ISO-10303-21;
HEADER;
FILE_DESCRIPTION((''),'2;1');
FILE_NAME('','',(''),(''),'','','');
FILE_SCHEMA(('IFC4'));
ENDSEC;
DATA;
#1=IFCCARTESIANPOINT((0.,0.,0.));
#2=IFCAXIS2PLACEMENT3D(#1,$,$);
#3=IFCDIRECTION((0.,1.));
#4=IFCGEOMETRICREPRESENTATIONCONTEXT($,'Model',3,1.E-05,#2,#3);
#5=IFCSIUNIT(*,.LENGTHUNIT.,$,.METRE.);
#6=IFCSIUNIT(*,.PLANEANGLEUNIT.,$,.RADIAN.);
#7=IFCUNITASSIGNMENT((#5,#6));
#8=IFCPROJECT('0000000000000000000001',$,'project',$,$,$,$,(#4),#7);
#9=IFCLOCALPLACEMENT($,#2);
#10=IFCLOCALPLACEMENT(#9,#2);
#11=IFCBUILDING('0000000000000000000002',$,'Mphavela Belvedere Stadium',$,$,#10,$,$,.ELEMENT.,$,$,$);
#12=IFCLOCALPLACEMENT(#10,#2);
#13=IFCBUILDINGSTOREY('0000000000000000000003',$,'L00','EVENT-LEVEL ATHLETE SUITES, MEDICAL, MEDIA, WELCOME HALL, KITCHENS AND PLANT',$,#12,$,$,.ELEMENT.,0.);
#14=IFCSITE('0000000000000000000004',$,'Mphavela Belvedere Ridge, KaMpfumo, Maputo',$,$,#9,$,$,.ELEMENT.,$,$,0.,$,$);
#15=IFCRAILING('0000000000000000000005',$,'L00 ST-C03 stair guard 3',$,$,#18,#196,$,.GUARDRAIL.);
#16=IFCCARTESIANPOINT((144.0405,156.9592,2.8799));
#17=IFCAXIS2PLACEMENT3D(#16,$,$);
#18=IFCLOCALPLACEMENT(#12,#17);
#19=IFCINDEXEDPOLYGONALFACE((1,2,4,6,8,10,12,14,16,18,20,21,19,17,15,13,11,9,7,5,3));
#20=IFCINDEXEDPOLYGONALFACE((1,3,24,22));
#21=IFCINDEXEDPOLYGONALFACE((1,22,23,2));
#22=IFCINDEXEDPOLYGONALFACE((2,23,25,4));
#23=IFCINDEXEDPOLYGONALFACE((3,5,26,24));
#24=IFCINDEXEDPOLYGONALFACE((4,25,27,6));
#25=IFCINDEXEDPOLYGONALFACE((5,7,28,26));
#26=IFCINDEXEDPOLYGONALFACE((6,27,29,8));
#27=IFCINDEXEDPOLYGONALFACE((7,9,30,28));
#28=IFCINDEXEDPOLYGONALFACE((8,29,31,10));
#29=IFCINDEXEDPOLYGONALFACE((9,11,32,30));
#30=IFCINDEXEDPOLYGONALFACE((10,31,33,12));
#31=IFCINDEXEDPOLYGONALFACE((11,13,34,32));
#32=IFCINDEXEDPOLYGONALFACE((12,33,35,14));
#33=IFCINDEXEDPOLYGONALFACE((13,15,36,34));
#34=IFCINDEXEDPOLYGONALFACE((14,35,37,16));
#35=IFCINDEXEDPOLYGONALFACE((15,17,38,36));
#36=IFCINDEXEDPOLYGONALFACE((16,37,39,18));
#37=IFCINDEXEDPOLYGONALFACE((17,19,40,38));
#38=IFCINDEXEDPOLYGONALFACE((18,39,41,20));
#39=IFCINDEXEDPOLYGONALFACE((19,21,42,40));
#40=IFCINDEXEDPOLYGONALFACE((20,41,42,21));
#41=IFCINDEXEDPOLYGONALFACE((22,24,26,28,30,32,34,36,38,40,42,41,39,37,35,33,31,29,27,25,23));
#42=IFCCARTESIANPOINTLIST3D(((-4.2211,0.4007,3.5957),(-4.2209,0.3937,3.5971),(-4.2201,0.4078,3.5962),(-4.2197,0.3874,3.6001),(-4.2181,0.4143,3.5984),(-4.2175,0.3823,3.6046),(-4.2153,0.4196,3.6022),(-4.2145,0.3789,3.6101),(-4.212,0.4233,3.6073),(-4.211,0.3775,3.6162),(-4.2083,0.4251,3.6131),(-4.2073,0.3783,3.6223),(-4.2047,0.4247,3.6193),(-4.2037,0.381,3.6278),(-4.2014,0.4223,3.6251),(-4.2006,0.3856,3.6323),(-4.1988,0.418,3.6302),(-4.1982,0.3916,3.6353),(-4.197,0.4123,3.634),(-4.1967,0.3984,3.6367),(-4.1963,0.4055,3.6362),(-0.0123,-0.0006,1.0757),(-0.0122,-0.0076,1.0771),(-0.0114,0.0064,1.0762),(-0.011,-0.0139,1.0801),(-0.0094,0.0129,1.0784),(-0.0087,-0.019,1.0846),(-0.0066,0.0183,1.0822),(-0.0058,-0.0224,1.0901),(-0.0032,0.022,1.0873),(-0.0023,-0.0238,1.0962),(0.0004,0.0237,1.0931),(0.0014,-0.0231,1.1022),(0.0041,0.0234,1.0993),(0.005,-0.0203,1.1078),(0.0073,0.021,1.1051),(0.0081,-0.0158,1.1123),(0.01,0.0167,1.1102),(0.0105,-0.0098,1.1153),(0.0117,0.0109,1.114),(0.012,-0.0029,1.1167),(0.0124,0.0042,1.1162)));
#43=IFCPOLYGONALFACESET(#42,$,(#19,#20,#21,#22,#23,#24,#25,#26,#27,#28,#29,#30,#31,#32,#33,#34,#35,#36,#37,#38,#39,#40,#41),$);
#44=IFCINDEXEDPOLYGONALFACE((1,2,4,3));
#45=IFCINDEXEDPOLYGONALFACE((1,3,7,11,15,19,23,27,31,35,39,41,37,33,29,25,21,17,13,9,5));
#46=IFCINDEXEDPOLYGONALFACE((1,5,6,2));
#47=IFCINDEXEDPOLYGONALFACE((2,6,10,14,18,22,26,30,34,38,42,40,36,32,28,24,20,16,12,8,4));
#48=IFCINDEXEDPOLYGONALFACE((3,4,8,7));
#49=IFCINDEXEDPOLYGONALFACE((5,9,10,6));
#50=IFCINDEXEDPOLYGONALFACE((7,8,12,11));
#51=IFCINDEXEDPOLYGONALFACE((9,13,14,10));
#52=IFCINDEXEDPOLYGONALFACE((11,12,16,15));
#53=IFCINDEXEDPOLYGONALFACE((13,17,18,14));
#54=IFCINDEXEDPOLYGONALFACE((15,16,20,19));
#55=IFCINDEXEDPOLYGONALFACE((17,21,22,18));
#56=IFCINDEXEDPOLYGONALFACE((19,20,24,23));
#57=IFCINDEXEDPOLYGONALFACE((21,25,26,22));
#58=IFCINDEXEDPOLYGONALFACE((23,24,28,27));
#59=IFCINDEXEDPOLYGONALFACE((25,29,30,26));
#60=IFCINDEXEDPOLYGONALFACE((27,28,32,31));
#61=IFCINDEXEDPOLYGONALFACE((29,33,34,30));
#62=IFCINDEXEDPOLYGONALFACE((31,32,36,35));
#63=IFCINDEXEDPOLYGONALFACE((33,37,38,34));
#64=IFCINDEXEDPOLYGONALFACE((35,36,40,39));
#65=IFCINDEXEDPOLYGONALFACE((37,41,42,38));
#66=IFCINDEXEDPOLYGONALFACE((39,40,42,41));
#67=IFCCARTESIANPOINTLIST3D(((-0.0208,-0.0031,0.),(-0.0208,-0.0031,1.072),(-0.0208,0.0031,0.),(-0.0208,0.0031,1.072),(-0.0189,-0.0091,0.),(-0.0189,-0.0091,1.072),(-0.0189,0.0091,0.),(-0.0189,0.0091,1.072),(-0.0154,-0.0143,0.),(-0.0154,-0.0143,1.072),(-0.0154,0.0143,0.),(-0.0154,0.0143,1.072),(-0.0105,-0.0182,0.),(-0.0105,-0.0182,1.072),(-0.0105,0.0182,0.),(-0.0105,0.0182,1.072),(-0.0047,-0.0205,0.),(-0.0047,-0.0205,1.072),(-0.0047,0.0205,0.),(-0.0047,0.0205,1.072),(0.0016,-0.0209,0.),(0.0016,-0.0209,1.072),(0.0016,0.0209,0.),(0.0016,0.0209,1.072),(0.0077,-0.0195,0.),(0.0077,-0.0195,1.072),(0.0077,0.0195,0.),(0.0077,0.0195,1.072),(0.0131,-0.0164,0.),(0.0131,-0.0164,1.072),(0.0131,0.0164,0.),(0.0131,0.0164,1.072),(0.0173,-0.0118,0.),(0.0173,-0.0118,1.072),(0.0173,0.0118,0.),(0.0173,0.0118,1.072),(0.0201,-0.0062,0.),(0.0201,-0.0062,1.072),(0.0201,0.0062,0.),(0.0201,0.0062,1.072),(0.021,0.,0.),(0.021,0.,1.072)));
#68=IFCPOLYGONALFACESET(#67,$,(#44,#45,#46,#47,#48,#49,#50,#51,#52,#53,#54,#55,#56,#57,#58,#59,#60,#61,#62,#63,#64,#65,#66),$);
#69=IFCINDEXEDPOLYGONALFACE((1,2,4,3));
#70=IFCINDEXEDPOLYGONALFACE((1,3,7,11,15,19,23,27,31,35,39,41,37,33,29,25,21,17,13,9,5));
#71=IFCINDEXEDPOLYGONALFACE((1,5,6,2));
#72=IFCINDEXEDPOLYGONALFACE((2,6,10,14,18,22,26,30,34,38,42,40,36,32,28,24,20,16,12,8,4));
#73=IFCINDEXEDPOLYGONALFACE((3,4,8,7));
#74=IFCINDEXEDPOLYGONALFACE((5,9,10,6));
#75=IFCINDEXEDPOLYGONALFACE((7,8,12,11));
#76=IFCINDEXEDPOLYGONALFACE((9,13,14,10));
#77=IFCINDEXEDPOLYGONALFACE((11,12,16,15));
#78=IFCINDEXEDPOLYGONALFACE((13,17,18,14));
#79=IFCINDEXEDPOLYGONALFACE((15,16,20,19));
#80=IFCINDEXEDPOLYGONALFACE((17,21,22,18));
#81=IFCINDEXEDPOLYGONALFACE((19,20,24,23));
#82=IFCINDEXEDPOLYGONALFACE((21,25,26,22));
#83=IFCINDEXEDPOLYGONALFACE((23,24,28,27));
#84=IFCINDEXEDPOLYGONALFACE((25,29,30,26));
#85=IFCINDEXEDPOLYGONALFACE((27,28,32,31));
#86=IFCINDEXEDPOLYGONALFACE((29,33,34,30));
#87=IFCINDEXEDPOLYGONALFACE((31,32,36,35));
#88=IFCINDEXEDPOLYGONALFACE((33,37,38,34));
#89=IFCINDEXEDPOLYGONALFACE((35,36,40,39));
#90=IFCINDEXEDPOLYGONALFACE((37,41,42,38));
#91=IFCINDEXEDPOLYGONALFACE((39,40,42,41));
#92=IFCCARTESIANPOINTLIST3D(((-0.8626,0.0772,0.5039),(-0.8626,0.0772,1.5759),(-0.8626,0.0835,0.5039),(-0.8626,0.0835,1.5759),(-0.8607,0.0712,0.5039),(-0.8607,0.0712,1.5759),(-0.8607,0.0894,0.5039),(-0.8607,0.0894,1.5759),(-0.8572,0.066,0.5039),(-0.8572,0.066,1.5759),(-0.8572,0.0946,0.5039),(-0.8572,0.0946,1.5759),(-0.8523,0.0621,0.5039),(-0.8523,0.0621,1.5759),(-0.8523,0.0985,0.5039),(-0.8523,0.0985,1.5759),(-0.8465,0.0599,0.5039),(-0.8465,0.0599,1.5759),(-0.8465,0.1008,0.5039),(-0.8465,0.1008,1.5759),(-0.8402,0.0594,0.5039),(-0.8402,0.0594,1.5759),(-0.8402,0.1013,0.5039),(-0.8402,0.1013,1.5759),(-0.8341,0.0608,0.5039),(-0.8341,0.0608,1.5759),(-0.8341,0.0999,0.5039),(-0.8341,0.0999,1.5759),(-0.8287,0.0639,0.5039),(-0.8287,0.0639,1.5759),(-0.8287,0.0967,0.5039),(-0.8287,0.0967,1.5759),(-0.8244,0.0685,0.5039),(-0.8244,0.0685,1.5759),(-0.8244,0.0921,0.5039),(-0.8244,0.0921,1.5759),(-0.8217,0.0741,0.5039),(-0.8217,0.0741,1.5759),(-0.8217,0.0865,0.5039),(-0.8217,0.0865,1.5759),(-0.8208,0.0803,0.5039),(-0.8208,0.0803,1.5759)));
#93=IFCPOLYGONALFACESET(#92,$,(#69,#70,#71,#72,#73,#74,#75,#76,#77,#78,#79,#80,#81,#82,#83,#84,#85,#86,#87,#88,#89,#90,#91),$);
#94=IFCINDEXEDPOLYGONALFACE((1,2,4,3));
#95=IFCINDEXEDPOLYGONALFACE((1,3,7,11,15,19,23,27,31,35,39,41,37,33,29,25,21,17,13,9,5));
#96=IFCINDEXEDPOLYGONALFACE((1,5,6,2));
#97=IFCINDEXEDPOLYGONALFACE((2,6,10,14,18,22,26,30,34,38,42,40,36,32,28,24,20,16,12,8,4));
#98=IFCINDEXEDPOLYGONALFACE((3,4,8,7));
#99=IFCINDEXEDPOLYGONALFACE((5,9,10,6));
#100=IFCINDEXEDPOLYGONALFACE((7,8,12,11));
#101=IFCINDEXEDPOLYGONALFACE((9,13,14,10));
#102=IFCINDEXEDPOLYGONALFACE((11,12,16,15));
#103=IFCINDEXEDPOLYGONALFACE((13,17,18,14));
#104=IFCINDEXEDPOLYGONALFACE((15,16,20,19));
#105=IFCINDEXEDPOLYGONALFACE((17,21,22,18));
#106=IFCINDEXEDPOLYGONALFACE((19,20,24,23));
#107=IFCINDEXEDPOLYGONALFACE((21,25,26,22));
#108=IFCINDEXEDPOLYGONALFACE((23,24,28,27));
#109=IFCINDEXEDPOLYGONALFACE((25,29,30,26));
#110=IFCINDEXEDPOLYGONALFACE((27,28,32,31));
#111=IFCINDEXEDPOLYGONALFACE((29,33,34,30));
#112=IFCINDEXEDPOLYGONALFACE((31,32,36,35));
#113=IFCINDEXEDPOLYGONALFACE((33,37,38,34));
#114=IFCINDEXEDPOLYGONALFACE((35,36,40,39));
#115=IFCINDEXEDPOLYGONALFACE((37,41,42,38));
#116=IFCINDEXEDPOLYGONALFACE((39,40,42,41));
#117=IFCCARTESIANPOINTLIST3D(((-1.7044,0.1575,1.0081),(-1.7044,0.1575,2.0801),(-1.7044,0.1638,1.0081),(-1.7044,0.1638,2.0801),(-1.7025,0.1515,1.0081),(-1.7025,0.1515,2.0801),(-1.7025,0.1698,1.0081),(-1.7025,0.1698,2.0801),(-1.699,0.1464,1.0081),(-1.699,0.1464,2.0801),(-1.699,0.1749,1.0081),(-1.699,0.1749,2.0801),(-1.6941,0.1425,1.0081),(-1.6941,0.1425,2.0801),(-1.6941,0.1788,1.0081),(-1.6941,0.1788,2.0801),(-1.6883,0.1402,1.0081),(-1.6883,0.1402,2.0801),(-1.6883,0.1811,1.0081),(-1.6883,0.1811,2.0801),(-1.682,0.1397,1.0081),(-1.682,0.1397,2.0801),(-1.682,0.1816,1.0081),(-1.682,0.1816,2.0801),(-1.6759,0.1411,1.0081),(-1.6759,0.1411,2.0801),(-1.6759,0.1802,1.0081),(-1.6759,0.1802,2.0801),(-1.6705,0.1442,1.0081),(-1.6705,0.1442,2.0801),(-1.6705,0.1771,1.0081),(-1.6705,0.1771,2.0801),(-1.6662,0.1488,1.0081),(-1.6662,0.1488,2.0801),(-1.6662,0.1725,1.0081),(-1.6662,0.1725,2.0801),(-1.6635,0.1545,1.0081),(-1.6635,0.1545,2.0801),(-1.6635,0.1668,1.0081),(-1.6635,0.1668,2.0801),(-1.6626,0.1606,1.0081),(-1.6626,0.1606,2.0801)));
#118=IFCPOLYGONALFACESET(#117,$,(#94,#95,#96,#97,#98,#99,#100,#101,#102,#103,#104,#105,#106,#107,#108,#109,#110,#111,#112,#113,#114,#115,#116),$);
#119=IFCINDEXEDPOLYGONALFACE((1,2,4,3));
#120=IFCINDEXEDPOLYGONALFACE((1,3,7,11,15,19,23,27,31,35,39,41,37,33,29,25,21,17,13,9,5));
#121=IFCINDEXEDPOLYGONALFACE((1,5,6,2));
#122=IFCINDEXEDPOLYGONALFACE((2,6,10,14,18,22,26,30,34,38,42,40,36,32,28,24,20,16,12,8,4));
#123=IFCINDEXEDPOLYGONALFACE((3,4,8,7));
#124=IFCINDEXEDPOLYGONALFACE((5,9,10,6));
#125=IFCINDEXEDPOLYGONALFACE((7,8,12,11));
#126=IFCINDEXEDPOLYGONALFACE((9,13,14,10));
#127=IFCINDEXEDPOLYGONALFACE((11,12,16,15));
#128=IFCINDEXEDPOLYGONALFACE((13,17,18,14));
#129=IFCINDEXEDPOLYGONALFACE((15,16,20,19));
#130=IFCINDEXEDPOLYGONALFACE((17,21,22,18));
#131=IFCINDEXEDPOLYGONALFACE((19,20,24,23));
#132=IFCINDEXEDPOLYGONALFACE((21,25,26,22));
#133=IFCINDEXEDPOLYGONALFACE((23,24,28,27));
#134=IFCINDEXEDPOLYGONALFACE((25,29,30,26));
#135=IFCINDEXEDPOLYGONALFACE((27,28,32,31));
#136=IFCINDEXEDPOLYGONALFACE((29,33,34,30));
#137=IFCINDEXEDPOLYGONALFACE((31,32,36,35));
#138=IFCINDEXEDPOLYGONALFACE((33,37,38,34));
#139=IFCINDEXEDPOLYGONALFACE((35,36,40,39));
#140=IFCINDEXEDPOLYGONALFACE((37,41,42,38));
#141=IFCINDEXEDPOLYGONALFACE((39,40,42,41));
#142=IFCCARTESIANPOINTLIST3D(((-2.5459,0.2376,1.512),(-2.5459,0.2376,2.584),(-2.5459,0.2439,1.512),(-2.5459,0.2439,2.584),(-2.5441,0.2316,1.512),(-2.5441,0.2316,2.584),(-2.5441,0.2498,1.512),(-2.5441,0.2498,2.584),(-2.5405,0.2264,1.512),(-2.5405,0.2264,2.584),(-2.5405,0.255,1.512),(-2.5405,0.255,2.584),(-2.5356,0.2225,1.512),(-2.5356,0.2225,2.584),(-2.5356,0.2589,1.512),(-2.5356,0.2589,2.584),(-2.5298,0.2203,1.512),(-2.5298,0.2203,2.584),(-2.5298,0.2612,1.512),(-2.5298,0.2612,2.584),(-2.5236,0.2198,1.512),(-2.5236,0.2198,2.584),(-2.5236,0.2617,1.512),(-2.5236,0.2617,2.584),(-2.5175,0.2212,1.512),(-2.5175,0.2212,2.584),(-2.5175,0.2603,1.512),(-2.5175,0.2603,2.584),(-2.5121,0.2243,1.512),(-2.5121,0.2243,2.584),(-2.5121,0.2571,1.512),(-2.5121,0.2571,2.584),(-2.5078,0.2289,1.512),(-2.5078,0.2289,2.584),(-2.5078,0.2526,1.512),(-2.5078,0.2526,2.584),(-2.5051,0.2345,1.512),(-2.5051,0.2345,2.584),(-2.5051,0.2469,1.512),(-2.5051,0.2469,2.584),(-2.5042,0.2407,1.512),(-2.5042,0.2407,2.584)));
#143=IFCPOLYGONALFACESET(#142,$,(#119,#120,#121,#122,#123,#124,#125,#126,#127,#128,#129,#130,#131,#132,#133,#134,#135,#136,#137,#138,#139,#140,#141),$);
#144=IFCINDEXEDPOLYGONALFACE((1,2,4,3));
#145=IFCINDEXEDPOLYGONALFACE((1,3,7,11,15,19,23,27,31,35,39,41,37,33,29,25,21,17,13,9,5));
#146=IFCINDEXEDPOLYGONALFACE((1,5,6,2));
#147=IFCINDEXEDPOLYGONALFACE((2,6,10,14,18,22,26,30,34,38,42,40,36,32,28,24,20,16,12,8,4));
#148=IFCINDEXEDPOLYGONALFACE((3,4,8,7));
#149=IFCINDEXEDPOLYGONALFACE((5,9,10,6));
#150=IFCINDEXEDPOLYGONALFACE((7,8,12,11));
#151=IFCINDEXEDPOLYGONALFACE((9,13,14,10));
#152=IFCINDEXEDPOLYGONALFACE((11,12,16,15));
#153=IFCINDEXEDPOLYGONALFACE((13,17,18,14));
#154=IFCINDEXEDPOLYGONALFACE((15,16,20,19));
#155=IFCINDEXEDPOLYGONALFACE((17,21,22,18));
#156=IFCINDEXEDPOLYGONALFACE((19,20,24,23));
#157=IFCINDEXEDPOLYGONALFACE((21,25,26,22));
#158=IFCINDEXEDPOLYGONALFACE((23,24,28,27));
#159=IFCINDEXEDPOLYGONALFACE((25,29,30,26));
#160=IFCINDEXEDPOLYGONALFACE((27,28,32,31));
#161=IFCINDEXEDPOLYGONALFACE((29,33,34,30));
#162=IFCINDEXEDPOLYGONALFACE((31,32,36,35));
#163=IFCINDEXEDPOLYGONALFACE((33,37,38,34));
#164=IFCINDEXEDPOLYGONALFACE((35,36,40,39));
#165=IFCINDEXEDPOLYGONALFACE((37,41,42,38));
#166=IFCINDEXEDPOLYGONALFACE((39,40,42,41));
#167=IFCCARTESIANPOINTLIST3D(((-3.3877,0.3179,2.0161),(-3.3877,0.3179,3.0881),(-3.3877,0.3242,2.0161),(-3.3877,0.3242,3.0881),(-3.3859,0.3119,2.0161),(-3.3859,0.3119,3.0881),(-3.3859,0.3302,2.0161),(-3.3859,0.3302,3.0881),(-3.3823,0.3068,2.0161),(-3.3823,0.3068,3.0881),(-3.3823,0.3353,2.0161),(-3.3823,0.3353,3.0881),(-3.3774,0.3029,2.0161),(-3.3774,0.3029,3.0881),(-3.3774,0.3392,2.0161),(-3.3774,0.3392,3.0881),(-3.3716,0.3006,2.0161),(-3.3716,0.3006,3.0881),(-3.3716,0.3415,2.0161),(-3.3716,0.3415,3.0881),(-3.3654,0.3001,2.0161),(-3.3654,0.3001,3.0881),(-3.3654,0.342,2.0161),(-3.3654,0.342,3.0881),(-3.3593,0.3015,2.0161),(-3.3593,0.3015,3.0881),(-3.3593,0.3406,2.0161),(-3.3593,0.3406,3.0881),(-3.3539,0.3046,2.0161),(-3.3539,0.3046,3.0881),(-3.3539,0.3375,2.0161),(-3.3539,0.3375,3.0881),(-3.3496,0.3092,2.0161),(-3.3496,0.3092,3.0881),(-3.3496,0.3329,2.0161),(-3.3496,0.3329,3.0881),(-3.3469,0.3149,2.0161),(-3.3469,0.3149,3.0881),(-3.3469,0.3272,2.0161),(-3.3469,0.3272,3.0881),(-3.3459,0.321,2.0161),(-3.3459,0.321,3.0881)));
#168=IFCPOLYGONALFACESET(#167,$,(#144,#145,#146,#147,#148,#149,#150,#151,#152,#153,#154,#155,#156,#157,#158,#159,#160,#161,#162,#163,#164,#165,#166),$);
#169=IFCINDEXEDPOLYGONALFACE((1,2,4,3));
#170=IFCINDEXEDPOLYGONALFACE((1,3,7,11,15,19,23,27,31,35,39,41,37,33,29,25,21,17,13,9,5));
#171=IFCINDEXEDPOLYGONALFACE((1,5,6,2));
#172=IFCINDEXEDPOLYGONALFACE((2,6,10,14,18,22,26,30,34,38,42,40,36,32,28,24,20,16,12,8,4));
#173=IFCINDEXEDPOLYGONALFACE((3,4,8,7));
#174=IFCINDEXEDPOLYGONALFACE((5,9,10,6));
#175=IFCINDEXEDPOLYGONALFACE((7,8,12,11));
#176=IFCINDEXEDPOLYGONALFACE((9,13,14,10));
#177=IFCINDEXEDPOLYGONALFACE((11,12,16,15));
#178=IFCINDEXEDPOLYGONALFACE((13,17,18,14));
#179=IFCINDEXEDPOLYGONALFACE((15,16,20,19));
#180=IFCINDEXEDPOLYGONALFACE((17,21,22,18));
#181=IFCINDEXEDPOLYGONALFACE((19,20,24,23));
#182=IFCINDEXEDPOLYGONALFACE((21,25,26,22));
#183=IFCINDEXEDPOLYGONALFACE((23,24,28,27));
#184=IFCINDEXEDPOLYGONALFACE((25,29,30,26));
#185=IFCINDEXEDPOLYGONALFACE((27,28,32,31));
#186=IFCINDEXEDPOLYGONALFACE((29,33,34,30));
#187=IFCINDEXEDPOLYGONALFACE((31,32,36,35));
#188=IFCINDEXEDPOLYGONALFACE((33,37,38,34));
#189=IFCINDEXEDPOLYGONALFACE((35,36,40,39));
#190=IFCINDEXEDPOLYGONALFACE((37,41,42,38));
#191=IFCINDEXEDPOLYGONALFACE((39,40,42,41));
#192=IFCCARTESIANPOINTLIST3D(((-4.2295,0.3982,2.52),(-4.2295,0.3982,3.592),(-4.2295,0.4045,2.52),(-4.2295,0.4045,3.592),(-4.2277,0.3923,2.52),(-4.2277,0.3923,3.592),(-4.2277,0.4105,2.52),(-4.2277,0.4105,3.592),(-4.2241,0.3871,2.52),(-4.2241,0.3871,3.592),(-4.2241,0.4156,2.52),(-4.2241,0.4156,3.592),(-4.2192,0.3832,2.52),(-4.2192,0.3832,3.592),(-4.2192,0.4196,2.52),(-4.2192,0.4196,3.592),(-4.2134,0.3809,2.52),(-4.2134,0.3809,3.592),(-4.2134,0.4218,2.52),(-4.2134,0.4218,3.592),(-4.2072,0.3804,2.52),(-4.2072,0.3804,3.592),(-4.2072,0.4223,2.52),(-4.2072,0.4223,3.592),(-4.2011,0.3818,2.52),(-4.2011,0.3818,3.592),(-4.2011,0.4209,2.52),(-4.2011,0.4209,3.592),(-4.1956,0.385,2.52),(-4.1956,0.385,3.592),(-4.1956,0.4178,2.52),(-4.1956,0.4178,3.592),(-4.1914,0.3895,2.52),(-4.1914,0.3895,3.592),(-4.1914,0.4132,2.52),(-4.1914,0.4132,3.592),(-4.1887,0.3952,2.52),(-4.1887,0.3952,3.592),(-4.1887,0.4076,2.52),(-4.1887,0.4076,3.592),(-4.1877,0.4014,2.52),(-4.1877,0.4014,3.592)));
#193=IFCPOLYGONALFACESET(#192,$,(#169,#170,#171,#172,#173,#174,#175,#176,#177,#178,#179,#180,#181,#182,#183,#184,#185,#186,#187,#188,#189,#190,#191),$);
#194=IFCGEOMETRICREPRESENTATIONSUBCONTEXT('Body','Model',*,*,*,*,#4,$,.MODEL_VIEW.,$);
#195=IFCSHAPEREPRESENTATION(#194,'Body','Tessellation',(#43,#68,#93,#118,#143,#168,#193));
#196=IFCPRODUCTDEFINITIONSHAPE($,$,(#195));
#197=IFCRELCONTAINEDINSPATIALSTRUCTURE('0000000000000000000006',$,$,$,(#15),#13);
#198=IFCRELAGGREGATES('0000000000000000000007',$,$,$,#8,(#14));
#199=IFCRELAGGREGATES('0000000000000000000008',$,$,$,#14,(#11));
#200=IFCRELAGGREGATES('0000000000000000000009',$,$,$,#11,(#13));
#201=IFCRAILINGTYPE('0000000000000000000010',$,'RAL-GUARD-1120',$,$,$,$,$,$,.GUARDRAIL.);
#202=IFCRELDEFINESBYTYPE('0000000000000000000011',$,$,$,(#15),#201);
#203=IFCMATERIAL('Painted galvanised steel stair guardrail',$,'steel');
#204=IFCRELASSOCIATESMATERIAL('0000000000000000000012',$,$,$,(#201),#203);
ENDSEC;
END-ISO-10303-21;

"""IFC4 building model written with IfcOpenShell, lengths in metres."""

from ifc_helpers import new_model, si_unit, direction, frame, origin, origin_2d, place, context, subcontext, project, spatial, circle, extrude, material, type_object, element, save


model = new_model("IFC4")

# Units and contexts
model_context = context("Model", 3, precision=1e-05, world=origin(), true_north=direction((0.0, 1.0)))
body_context = subcontext(model_context, "Body", "Model", "MODEL_VIEW")
ifc_project = project(units=[si_unit("LENGTHUNIT", "METRE"), si_unit("PLANEANGLEUNIT", "RADIAN")], contexts=[model_context])

# Site, building, storey
site_placement = place(None, origin())
site = spatial("IfcSite", under=ifc_project, at=site_placement, Name="Mphavela Belvedere Ridge, KaMpfumo, Maputo", CompositionType="ELEMENT", RefElevation=0.0)
building_placement = place(site_placement, origin())
building = spatial("IfcBuilding", under=site, at=building_placement, Name="Mphavela Belvedere Stadium", CompositionType="ELEMENT")
storey_placement = place(building_placement, origin())
storey = spatial("IfcBuildingStorey", under=building, at=storey_placement, Name="L00", Description="EVENT-LEVEL ATHLETE SUITES, MEDICAL, MEDIA, WELCOME HALL, KITCHENS AND PLANT", CompositionType="ELEMENT", Elevation=0.0)

# Railing
ifc_material_1 = material(Name="Painted galvanised steel stair guardrail", Category="steel")
railing_type_1 = type_object("IfcRailingType", Name="RAL-GUARD-1120", PredefinedType="GUARDRAIL", material=ifc_material_1)
railing_1_placement = place(storey_placement, frame((144.0405, 156.9592, 2.8799)))
element("IfcRailing", 1, at=railing_1_placement, inside=storey, type_object=railing_type_1, Name="L00 ST-C03 stair guard 3", PredefinedType="GUARDRAIL", context=body_context, shape_type="SweptSolid", body=[
    extrude(circle(Radius=0.0239, at=origin_2d()), frame((0.0, 0.0, 1.0962), z_axis=(-0.855105, 0.081547, 0.512001), x_axis=(-0.094934, -0.995484, 0.0)), (0.0, 0.0, 1.0), 4.9219),
    extrude(circle(Radius=0.021, at=origin_2d()), origin(), (0.0, 0.0, 1.0), 1.072),
    extrude(circle(Radius=0.021, at=origin_2d()), frame((-0.8418, 0.0803, 0.5039)), (0.0, 0.0, 1.0), 1.072),
    extrude(circle(Radius=0.021, at=origin_2d()), frame((-1.6836, 0.1606, 1.0081)), (0.0, 0.0, 1.0), 1.072),
    extrude(circle(Radius=0.021, at=origin_2d()), frame((-2.5251, 0.2407, 1.512)), (0.0, 0.0, 1.0), 1.072),
    extrude(circle(Radius=0.021, at=origin_2d()), frame((-3.3669, 0.321, 2.0161)), (0.0, 0.0, 1.0), 1.072),
    extrude(circle(Radius=0.021, at=origin_2d()), frame((-4.2087, 0.4014, 2.52)), (0.0, 0.0, 1.0), 1.072),
])

save(model, "model.ifc")
